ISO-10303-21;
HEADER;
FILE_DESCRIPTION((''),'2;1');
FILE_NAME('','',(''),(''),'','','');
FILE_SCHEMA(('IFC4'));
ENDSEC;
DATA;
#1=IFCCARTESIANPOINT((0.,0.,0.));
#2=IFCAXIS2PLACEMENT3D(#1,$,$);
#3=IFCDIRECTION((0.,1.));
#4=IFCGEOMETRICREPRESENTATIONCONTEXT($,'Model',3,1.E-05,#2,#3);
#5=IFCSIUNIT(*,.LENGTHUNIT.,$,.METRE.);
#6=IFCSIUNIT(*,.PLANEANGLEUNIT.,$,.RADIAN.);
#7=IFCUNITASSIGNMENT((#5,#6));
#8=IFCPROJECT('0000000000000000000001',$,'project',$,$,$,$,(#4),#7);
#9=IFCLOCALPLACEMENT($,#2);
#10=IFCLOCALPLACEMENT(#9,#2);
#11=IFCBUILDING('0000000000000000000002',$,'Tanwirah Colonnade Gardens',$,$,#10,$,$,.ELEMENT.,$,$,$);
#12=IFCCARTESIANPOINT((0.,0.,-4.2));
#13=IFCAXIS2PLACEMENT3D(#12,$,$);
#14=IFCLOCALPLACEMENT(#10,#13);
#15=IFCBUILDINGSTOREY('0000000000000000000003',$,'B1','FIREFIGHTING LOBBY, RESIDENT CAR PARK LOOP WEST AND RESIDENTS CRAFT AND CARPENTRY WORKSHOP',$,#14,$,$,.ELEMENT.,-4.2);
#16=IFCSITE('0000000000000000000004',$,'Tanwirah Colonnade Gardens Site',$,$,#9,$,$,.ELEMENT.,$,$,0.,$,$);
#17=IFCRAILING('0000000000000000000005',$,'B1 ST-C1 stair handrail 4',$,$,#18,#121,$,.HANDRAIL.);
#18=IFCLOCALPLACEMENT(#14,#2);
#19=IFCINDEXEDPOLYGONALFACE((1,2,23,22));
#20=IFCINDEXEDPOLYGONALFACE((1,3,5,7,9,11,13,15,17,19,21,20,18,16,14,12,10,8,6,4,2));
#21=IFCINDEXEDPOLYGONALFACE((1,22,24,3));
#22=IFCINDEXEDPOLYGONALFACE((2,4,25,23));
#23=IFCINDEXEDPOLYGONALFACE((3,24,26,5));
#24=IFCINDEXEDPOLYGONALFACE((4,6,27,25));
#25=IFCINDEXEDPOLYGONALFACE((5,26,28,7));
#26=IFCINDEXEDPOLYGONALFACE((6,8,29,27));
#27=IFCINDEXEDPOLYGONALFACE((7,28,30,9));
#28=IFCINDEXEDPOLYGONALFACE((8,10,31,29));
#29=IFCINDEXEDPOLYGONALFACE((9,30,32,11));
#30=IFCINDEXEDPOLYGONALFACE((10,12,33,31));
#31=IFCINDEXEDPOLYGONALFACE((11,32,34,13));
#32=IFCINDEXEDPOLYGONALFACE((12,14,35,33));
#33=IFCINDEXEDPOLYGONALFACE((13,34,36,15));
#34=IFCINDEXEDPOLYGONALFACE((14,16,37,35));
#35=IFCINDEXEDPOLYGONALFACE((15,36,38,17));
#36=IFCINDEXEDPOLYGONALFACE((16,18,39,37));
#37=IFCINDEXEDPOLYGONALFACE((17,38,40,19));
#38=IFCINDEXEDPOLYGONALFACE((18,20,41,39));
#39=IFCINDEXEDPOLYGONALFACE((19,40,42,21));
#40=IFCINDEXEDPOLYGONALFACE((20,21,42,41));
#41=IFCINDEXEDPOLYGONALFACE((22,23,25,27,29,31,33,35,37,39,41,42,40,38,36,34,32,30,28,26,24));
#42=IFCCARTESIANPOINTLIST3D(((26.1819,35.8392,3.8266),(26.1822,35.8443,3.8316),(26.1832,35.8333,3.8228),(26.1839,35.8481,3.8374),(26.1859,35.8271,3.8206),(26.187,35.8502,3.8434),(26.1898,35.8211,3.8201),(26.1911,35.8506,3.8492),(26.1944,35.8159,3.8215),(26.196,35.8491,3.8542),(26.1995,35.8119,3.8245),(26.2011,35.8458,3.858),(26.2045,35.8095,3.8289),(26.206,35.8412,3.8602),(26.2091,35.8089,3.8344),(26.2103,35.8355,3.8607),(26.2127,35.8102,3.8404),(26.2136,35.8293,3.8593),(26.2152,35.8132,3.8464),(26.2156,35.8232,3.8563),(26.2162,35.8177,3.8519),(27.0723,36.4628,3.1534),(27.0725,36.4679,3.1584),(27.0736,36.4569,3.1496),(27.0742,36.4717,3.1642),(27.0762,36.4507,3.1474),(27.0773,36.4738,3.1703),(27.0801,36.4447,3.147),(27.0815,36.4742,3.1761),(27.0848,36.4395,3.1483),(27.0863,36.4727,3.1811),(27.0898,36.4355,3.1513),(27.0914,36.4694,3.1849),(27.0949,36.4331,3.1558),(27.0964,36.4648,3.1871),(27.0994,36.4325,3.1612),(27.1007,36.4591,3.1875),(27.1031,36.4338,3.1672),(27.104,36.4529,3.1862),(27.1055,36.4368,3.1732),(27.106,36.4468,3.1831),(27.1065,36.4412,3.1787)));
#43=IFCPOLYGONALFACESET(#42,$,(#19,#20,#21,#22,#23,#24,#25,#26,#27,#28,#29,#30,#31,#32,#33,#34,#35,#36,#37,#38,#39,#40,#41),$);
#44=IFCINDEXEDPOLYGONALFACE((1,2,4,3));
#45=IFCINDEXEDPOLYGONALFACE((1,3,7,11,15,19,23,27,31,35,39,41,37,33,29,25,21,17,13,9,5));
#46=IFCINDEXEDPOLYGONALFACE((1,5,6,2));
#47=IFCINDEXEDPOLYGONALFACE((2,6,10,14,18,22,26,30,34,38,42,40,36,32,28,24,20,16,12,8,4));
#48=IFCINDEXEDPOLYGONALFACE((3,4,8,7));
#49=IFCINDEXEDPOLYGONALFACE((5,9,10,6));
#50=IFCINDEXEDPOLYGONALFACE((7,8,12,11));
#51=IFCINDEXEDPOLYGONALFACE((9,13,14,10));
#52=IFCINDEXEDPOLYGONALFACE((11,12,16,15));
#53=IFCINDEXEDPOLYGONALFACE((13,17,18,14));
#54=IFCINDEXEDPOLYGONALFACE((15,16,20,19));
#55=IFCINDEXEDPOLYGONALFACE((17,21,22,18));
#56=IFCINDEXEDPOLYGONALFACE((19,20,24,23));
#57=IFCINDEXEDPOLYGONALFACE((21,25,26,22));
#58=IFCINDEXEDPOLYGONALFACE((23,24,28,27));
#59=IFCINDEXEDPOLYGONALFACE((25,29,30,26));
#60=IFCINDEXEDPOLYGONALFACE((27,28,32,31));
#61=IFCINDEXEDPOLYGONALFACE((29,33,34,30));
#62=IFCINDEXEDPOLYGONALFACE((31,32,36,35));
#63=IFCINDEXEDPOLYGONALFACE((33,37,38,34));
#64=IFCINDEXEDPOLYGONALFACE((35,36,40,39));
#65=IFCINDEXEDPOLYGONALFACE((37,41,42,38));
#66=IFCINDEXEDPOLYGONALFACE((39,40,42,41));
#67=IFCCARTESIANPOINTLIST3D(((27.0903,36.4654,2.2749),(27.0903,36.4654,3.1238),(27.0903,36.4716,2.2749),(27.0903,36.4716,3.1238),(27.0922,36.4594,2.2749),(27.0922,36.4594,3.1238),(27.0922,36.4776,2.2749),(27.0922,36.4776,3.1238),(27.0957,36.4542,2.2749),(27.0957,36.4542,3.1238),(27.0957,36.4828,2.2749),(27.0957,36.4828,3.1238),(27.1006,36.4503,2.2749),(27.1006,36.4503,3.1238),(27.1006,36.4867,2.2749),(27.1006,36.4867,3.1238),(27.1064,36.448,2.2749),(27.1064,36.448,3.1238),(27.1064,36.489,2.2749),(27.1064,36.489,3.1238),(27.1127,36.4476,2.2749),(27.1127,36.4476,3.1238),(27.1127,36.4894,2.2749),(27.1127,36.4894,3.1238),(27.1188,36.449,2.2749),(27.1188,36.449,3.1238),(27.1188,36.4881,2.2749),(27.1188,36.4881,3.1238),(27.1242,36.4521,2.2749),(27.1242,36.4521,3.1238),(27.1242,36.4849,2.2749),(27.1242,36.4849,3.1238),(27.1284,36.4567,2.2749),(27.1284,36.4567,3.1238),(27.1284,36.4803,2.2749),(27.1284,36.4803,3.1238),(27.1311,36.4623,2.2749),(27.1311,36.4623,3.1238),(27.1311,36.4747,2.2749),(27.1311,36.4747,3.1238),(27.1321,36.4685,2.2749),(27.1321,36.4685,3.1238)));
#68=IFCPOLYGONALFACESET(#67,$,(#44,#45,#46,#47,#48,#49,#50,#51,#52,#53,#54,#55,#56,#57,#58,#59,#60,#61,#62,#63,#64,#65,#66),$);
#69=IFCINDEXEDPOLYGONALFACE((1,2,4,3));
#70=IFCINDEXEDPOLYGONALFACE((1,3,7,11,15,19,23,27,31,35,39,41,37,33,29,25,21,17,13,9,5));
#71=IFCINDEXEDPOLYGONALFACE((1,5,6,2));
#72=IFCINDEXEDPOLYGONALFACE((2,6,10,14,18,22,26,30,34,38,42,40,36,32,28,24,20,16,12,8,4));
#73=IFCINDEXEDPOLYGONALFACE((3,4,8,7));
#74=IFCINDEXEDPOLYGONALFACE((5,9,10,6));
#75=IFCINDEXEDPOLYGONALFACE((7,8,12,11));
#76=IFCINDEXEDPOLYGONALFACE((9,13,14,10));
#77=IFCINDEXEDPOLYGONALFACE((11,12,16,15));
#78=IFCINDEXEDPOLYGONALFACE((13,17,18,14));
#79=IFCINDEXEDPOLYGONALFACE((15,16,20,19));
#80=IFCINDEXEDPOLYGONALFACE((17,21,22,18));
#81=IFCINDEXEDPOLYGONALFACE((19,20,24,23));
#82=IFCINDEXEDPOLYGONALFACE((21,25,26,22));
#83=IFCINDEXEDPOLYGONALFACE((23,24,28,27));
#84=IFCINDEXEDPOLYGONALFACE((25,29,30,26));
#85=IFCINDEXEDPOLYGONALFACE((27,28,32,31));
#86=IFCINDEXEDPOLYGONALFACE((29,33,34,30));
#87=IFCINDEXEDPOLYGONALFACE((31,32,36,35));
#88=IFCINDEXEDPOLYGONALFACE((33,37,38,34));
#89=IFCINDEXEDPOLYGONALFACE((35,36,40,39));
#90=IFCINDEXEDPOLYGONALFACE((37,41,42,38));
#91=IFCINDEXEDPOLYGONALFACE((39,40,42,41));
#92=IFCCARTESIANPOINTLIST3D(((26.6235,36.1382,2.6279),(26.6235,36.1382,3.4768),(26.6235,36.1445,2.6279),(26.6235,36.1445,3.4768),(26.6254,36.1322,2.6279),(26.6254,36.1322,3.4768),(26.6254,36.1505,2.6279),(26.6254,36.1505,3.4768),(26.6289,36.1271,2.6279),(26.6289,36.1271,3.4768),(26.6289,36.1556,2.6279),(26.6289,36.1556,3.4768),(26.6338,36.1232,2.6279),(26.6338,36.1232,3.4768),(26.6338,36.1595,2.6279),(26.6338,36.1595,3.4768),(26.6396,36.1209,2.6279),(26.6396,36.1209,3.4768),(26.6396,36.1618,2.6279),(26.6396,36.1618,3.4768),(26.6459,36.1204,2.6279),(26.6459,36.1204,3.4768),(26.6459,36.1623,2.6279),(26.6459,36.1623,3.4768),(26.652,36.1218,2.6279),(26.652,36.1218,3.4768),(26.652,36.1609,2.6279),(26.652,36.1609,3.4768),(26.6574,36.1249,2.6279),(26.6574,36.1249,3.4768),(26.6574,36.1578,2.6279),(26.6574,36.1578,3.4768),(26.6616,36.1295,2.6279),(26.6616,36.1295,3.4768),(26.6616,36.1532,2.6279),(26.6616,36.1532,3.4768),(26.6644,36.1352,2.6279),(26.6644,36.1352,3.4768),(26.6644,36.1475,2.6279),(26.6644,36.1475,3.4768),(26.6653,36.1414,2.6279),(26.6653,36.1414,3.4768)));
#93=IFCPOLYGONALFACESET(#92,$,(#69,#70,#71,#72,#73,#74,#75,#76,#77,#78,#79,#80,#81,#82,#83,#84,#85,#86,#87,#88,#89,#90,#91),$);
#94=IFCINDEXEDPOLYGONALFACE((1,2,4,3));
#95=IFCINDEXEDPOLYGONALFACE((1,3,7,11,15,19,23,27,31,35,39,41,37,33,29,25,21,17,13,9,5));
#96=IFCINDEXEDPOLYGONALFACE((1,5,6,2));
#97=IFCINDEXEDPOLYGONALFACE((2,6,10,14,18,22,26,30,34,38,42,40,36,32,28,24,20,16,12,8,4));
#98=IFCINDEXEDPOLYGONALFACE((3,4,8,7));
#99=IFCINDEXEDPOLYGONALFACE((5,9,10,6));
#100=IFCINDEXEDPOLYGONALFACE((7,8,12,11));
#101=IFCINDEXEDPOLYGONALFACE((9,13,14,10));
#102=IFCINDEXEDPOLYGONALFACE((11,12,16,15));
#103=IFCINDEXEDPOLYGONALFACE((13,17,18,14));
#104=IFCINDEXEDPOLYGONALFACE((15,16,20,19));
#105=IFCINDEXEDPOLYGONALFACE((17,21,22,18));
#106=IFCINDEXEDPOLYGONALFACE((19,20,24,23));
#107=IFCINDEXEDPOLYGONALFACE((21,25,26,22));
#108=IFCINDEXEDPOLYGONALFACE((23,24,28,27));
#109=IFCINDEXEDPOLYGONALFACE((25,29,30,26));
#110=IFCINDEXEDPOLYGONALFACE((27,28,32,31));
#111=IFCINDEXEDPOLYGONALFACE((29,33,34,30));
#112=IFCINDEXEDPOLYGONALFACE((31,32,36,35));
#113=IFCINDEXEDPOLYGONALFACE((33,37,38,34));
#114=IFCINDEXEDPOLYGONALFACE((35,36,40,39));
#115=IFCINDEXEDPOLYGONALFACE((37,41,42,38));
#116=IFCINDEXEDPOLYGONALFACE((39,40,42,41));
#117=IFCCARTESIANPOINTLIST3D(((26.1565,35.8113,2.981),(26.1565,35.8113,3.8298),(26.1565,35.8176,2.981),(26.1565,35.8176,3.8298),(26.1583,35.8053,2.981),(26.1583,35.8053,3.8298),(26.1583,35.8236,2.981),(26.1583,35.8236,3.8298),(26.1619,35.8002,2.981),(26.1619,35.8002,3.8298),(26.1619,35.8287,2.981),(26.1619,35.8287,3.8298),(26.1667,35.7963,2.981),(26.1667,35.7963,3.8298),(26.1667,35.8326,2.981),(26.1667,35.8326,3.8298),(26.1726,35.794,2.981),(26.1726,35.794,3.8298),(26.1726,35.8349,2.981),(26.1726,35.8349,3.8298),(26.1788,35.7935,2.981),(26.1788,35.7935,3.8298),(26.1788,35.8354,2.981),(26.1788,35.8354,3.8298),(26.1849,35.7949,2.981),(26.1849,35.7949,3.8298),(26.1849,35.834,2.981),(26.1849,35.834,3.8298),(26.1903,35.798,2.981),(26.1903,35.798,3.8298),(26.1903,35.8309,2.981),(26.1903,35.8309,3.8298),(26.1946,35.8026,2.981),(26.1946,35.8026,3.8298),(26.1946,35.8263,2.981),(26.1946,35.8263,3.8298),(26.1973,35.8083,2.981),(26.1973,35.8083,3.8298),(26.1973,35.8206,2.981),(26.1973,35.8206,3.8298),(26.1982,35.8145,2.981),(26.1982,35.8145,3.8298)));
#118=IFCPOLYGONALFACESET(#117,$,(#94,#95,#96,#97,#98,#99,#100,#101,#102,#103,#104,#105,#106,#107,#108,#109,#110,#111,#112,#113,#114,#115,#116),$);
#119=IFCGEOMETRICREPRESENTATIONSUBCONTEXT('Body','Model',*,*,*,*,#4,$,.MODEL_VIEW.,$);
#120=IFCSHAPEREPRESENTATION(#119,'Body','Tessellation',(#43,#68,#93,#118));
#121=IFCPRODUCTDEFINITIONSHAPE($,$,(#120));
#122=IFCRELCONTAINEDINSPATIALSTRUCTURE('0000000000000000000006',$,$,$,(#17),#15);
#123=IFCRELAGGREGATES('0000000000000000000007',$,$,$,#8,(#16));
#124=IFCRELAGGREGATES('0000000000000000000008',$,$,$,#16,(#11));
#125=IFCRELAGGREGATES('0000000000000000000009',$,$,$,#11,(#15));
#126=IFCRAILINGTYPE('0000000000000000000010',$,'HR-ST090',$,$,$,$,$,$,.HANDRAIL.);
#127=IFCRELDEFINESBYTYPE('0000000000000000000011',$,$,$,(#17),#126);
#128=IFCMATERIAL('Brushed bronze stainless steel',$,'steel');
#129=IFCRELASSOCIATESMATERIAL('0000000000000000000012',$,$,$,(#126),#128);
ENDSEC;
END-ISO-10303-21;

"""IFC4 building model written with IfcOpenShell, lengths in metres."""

from ifc_helpers import new_model, si_unit, direction, frame, origin, origin_2d, place, context, subcontext, project, spatial, circle, extrude, material, type_object, element, save


model = new_model("IFC4")

# Units and contexts
model_context = context("Model", 3, precision=1e-05, world=origin(), true_north=direction((0.0, 1.0)))
body_context = subcontext(model_context, "Body", "Model", "MODEL_VIEW")
ifc_project = project(units=[si_unit("LENGTHUNIT", "METRE"), si_unit("PLANEANGLEUNIT", "RADIAN")], contexts=[model_context])

# Site, building, storey
site_placement = place(None, origin())
site = spatial("IfcSite", under=ifc_project, at=site_placement, Name="Tanwirah Colonnade Gardens Site", CompositionType="ELEMENT", RefElevation=0.0)
building_placement = place(site_placement, origin())
building = spatial("IfcBuilding", under=site, at=building_placement, Name="Tanwirah Colonnade Gardens", CompositionType="ELEMENT")
storey_placement = place(building_placement, frame((0.0, 0.0, -4.2)))
storey = spatial("IfcBuildingStorey", under=building, at=storey_placement, Name="B1", Description="FIREFIGHTING LOBBY, RESIDENT CAR PARK LOOP WEST AND RESIDENTS CRAFT AND CARPENTRY WORKSHOP", CompositionType="ELEMENT", Elevation=-4.2)

# Railing
ifc_material_1 = material(Name="Brushed bronze stainless steel", Category="steel")
railing_type_1 = type_object("IfcRailingType", Name="HR-ST090", PredefinedType="HANDRAIL", material=ifc_material_1)
railing_1_placement = place(storey_placement, frame((27.1111, 36.4685, 2.2749)))
element("IfcRailing", 1, at=railing_1_placement, inside=storey, type_object=railing_type_1, Name="B1 ST-C1 stair handrail 4", PredefinedType="HANDRAIL", context=body_context, shape_type="SweptSolid", body=[
    extrude(circle(Radius=0.0239, at=origin_2d()), frame((-0.0217, -0.0151, 0.8923), z_axis=(-0.696361, -0.487726, 0.526503), x_axis=(0.573678, -0.819081, 0.0)), (0.0, 0.0, 1.0), 1.2786),
    extrude(circle(Radius=0.021, at=origin_2d()), origin(), (0.0, 0.0, 1.0), 0.8489),
    extrude(circle(Radius=0.021, at=origin_2d()), frame((-0.4668, -0.3271, 0.353)), (0.0, 0.0, 1.0), 0.8489),
    extrude(circle(Radius=0.021, at=origin_2d()), frame((-0.9338, -0.6541, 0.7061)), (0.0, 0.0, 1.0), 0.8489),
])

save(model, "model.ifc")
